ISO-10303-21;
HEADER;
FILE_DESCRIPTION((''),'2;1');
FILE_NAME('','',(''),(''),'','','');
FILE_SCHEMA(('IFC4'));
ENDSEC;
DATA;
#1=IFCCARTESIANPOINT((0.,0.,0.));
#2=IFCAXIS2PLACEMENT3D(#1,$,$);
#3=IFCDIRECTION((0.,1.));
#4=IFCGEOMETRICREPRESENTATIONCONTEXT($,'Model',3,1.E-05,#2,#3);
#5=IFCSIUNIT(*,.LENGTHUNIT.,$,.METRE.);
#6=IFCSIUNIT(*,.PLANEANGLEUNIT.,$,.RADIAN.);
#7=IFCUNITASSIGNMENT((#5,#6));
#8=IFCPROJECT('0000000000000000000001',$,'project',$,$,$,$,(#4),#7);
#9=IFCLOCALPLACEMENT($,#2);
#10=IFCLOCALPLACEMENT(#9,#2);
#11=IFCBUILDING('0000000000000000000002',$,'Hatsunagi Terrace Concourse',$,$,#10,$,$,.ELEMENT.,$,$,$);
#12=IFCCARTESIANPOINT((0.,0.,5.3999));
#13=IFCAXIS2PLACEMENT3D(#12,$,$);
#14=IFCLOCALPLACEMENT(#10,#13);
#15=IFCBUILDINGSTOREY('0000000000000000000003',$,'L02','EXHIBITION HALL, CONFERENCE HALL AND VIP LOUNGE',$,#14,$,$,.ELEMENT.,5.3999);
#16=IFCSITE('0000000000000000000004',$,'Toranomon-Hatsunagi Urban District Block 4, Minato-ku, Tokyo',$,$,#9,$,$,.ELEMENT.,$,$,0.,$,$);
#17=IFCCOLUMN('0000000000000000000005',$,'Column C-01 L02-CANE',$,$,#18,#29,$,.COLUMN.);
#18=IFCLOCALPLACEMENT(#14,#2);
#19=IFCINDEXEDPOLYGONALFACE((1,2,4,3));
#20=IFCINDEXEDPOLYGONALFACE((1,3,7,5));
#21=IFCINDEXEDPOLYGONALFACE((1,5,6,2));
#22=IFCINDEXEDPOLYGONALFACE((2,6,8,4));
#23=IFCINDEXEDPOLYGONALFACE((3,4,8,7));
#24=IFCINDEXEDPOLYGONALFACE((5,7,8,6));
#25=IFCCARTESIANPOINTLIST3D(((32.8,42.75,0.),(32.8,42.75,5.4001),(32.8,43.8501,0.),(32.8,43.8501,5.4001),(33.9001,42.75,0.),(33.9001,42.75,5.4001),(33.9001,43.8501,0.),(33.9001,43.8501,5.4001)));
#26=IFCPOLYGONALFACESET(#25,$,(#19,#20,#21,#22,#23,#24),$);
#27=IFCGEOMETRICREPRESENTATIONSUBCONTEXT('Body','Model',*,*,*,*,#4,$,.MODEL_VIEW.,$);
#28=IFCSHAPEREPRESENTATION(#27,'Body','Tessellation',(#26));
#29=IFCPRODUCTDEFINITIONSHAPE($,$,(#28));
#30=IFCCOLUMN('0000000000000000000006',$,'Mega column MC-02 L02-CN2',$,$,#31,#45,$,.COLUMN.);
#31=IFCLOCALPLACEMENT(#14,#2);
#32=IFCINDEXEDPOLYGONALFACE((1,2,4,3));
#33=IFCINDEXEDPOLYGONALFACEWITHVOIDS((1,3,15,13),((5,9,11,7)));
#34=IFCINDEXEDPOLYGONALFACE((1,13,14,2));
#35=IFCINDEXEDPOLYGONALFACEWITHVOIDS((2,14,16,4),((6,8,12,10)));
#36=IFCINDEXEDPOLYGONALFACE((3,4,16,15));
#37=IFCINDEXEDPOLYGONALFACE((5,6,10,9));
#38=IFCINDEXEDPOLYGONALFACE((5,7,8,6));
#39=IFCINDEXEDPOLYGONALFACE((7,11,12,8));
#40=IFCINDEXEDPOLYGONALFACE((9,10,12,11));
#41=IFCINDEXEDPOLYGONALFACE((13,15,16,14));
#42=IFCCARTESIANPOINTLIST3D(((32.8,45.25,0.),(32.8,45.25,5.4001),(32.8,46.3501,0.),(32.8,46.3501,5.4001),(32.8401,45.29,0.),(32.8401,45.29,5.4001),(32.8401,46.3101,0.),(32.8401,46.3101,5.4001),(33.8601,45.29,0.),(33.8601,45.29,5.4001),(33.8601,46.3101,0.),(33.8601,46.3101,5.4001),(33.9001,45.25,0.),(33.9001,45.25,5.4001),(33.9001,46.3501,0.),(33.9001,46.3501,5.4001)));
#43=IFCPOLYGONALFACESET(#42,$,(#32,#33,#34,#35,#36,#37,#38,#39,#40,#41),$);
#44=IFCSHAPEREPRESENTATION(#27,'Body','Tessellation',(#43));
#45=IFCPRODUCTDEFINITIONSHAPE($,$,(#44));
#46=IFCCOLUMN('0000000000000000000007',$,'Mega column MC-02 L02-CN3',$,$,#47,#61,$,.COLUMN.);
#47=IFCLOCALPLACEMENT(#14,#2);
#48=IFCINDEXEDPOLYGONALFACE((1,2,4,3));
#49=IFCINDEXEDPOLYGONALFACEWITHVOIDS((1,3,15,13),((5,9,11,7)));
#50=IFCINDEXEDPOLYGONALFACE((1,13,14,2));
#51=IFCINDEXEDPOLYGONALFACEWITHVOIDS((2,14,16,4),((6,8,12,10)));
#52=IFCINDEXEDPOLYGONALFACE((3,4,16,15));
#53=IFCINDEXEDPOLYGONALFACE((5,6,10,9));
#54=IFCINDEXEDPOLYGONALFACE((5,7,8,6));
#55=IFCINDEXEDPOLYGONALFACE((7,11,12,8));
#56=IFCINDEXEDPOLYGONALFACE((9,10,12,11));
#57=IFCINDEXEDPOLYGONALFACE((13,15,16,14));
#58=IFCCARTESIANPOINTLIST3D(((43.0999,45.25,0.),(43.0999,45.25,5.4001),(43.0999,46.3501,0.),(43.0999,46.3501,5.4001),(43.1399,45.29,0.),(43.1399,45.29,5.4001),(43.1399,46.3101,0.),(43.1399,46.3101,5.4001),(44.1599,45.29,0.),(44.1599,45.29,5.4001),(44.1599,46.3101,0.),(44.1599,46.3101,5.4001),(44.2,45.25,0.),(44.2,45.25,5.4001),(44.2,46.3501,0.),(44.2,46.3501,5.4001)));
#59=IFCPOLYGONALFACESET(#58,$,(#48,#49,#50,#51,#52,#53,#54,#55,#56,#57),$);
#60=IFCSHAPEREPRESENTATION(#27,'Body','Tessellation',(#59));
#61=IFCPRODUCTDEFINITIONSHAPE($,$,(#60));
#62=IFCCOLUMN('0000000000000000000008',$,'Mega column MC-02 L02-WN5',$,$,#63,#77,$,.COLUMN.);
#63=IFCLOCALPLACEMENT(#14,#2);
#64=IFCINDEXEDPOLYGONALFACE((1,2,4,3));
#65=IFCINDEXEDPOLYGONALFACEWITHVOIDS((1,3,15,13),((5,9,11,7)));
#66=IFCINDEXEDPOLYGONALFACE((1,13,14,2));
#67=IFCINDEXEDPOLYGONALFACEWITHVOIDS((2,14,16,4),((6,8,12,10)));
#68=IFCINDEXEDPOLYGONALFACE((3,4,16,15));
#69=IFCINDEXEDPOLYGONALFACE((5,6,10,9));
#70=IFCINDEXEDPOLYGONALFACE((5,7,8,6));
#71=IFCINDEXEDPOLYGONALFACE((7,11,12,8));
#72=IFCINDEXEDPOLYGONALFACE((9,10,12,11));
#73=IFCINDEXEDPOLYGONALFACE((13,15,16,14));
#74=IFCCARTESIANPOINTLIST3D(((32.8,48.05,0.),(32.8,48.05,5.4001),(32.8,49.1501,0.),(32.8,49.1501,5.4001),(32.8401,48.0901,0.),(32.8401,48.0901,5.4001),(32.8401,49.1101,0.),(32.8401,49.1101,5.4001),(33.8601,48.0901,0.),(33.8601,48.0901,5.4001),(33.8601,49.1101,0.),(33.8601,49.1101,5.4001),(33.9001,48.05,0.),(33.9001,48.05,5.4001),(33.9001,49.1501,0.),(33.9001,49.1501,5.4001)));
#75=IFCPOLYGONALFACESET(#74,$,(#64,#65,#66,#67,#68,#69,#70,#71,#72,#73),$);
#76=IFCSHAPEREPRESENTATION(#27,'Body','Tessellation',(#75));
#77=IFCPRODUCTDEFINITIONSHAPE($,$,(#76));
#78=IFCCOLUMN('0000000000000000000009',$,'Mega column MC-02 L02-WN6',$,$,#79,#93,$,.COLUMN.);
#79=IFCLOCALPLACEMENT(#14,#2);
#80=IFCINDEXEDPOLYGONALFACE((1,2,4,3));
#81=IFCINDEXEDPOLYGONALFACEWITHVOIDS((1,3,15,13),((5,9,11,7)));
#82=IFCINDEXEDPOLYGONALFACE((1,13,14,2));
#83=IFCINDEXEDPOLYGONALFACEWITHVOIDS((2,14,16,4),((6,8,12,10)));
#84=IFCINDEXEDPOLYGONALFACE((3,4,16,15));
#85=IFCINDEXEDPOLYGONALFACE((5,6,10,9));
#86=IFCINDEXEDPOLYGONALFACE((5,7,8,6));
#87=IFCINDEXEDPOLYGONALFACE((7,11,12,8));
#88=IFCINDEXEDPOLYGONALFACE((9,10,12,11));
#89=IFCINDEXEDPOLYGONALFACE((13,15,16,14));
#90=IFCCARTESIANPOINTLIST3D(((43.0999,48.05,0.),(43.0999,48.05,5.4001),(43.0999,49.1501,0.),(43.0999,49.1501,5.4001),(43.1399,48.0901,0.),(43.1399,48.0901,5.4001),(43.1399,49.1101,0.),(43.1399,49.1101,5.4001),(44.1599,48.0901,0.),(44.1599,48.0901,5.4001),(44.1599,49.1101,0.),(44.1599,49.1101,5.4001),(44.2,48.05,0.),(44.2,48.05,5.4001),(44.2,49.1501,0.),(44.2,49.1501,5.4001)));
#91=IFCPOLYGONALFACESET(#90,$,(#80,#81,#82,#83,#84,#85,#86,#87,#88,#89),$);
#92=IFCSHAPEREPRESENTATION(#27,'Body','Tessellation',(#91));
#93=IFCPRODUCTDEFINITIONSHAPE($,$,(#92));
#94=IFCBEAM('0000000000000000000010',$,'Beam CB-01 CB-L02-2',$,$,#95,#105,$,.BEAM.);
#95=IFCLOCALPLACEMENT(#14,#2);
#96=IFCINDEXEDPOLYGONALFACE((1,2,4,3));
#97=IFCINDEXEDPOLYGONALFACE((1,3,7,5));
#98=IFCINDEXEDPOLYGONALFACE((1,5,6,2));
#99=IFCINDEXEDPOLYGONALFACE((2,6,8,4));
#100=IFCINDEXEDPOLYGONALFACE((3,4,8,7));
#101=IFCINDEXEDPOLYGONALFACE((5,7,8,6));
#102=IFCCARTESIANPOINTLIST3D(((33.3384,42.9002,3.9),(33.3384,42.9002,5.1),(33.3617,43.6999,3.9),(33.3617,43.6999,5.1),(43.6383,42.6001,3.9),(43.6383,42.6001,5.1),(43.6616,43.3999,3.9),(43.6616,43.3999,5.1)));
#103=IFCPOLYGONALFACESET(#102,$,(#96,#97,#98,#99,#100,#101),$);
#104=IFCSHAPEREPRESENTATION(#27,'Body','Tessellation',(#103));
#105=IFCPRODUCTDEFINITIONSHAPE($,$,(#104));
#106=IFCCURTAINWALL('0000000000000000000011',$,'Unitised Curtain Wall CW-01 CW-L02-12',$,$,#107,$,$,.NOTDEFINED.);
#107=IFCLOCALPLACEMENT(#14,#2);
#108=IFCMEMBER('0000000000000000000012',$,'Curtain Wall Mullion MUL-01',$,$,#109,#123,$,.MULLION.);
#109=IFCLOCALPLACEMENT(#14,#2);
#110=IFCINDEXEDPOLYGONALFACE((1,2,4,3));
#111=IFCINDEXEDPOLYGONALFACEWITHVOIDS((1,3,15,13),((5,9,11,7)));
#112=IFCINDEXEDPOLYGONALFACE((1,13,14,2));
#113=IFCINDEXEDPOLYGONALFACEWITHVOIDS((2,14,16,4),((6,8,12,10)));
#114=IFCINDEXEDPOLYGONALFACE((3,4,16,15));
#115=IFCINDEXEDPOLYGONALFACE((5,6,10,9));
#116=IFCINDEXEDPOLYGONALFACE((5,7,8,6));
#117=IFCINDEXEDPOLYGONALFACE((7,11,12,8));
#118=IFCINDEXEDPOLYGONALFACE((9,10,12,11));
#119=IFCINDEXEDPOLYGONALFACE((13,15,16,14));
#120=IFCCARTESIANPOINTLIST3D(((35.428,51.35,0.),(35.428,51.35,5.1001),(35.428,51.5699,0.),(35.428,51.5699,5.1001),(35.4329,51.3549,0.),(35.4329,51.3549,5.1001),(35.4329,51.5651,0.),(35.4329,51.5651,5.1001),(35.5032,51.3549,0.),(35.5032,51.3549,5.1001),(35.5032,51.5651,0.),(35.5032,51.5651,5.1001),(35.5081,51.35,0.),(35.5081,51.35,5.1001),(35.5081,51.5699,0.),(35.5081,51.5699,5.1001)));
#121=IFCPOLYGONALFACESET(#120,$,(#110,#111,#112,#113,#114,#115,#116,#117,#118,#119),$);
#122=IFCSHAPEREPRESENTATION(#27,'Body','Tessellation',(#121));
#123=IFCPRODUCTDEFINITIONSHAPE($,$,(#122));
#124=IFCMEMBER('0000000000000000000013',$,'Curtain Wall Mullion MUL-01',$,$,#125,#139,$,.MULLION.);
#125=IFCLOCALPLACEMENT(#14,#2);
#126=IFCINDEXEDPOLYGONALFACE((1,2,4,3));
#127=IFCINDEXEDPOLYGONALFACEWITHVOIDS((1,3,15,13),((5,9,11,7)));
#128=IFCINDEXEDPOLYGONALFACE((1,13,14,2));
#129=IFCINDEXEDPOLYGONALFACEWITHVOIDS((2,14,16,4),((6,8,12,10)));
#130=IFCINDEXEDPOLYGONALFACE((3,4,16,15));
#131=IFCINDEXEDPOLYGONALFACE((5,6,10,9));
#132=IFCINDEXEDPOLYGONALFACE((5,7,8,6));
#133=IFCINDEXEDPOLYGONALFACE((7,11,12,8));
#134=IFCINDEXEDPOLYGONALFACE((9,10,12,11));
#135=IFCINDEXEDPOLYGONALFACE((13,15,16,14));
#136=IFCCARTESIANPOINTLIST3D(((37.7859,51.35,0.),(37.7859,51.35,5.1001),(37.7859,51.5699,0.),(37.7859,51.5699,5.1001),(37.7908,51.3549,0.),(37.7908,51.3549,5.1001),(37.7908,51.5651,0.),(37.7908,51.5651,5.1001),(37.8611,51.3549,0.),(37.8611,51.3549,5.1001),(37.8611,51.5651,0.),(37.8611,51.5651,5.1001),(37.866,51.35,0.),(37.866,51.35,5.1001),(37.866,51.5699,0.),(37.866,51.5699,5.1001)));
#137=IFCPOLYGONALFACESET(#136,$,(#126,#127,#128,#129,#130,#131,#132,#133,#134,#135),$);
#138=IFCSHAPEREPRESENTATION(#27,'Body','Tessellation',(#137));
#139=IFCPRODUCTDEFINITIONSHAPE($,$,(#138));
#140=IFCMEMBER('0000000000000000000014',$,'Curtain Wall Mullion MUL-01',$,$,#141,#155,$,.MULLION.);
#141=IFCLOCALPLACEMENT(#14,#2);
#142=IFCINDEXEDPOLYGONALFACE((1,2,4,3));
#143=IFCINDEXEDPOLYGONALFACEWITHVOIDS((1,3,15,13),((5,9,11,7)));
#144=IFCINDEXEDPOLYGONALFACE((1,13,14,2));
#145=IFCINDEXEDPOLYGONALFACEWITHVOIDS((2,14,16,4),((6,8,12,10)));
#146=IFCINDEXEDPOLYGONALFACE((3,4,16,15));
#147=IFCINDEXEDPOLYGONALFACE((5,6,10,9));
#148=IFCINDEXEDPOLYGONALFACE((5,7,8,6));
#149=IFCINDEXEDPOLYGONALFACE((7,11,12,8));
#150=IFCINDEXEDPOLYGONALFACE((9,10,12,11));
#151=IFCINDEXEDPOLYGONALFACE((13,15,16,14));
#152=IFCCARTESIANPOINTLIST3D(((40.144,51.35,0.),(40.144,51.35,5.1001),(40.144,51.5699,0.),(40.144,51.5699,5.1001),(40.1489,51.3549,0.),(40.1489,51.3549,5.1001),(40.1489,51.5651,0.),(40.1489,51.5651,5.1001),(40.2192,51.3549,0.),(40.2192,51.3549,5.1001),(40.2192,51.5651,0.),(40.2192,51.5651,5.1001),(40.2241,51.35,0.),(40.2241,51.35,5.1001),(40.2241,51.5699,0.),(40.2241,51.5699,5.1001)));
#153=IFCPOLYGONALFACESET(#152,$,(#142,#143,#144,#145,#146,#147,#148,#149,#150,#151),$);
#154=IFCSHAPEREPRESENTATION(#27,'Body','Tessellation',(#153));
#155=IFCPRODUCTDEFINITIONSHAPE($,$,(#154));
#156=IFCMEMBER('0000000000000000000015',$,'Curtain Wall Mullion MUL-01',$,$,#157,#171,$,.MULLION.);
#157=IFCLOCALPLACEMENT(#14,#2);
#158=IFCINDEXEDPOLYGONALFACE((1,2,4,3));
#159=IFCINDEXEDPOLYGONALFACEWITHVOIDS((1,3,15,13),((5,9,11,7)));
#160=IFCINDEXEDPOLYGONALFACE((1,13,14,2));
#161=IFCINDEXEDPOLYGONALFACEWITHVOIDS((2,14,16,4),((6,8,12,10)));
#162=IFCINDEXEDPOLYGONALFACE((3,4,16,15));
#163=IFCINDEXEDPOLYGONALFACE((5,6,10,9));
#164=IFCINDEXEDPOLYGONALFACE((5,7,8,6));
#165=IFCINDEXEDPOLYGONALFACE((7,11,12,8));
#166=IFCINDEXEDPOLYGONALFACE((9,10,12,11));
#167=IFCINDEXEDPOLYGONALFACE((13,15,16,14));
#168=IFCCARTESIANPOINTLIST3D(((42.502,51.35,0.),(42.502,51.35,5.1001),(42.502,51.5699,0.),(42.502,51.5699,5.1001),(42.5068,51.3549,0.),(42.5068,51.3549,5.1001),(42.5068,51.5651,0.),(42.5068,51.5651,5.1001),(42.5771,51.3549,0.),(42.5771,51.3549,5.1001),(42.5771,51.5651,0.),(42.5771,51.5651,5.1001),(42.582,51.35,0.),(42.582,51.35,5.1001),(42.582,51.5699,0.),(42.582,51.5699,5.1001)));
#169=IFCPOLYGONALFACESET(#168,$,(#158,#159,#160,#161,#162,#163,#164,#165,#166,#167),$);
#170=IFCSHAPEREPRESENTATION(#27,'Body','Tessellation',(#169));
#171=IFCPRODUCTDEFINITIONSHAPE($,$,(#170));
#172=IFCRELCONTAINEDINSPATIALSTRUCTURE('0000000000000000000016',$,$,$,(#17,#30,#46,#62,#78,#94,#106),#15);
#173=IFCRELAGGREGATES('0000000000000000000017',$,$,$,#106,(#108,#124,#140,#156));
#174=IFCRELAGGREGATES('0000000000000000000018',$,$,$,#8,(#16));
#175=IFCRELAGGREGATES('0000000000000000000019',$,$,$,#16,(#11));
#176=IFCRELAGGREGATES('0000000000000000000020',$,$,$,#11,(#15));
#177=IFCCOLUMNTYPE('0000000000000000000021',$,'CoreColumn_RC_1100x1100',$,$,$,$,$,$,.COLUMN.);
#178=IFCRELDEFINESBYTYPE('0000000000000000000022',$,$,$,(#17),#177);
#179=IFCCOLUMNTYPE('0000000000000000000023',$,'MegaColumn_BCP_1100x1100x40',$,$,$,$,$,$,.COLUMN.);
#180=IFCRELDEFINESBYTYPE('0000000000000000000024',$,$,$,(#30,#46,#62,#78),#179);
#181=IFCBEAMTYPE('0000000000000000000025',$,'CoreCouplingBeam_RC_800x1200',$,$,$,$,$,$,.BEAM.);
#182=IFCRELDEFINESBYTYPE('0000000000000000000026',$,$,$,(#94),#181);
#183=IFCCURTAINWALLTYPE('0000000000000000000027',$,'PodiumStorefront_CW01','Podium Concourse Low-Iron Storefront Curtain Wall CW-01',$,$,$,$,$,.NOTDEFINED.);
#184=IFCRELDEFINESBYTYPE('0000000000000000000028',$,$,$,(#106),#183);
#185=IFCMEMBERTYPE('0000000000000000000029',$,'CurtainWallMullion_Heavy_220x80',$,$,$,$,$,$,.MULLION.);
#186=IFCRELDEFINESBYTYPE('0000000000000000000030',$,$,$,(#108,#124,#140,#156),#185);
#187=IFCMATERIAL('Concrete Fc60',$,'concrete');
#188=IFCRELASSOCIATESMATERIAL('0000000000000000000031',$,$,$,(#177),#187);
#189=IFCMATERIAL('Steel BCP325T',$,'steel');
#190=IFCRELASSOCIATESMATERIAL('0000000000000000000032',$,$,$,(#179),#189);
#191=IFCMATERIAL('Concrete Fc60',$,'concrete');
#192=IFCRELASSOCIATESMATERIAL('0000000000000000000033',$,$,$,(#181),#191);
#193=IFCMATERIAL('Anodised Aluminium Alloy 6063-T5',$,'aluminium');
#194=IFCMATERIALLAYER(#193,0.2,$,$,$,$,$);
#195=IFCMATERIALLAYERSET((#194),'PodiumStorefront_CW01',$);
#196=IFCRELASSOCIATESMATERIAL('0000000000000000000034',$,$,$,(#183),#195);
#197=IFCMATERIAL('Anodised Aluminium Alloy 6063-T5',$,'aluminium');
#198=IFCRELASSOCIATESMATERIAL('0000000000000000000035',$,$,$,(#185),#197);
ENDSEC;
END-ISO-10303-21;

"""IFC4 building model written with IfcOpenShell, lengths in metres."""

from ifc_helpers import new_model, si_unit, direction, frame, origin, origin_2d, place, context, subcontext, project, spatial, rectangle, hollow_rectangle, extrude, material, layer, layer_set, material_profile, profile_set, type_object, element, aggregate, save


model = new_model("IFC4")

# Units and contexts
model_context = context("Model", 3, precision=1e-05, world=origin(), true_north=direction((0.0, 1.0)))
body_context = subcontext(model_context, "Body", "Model", "MODEL_VIEW")
ifc_project = project(units=[si_unit("LENGTHUNIT", "METRE"), si_unit("PLANEANGLEUNIT", "RADIAN")], contexts=[model_context])

# Site, building, storey
site_placement = place(None, origin())
site = spatial("IfcSite", under=ifc_project, at=site_placement, Name="Toranomon-Hatsunagi Urban District Block 4, Minato-ku, Tokyo", CompositionType="ELEMENT", RefElevation=0.0)
building_placement = place(site_placement, origin())
building = spatial("IfcBuilding", under=site, at=building_placement, Name="Hatsunagi Terrace Concourse", CompositionType="ELEMENT")
storey_placement = place(building_placement, frame((0.0, 0.0, 5.3999)))
storey = spatial("IfcBuildingStorey", under=building, at=storey_placement, Name="L02", Description="EXHIBITION HALL, CONFERENCE HALL AND VIP LOUNGE", CompositionType="ELEMENT", Elevation=5.3999)

# Columns
ifc_material_1 = material(Name="Concrete Fc60", Category="concrete")
ifc_material_profile_1 = material_profile(ifc_material_1, rectangle(XDim=1.1001, YDim=1.1001, at=origin_2d()), Name="RC-1100x1100")
ifc_profile_set_1 = profile_set([ifc_material_profile_1], Name="Concrete Fc60")
column_type_1 = type_object("IfcColumnType", Name="CoreColumn_RC_1100x1100", PredefinedType="COLUMN", material=ifc_profile_set_1)
column_placement = place(storey_placement, frame((33.3501, 43.3, 0.0), z_axis=(0.0, 0.0, 1.0), x_axis=(1.0, 0.0, 0.0)))
element("IfcColumn", 1, at=column_placement, inside=storey, type_object=column_type_1, Name="Column C-01 L02-CANE", PredefinedType="COLUMN", context=body_context, shape_type="SweptSolid", body=[
    extrude(rectangle(XDim=1.1001, YDim=1.1001, at=origin_2d()), origin(), (0.0, 0.0, 1.0), 5.4001),
])
ifc_material_2 = material(Name="Steel BCP325T", Category="steel")
ifc_material_profile_2 = material_profile(ifc_material_2, hollow_rectangle(XDim=1.1001, YDim=1.1001, WallThickness=0.04, at=origin_2d()), Name="BCP-1100x1100x40")
ifc_profile_set_2 = profile_set([ifc_material_profile_2], Name="Steel BCP325T")
column_type_2 = type_object("IfcColumnType", Name="MegaColumn_BCP_1100x1100x40", PredefinedType="COLUMN", material=ifc_profile_set_2)
for number, where, z_axis, x_axis, name in (
    (2, (33.3501, 45.8, 0.0), (0.0, 0.0, 1.0), (1.0, 0.0, 0.0), "Mega column MC-02 L02-CN2"),
    (3, (43.6499, 45.8, 0.0), (0.0, 0.0, 1.0), (1.0, 0.0, 0.0), "Mega column MC-02 L02-CN3"),
    (4, (33.3501, 48.6001, 0.0), (0.0, 0.0, 1.0), (1.0, 0.0, 0.0), "Mega column MC-02 L02-WN5"),
    (5, (43.6499, 48.6001, 0.0), (0.0, 0.0, 1.0), (1.0, 0.0, 0.0), "Mega column MC-02 L02-WN6"),
):
    element("IfcColumn", number, at=place(storey_placement, frame(where, z_axis=z_axis, x_axis=x_axis)), inside=storey, type_object=column_type_2, Name=name, PredefinedType="COLUMN", context=body_context, shape_type="SweptSolid", body=[
        extrude(hollow_rectangle(XDim=1.1001, YDim=1.1001, WallThickness=0.04, at=origin_2d()), origin(), (0.0, 0.0, 1.0), 5.4001),
    ])

# Beam
ifc_material_3 = material(Name="Concrete Fc60", Category="concrete")
ifc_material_profile_3 = material_profile(ifc_material_3, rectangle(XDim=0.8, YDim=1.2, at=origin_2d()), Name="RC-800x1200")
ifc_profile_set_3 = profile_set([ifc_material_profile_3], Name="Concrete Fc60")
beam_type_1 = type_object("IfcBeamType", Name="CoreCouplingBeam_RC_800x1200", PredefinedType="BEAM", material=ifc_profile_set_3)
beam_1_placement = place(storey_placement, frame((33.3501, 43.3, 4.5), z_axis=(0.999576, -0.029119, 0.0), x_axis=(0.029119, 0.999576, 0.0)))
element("IfcBeam", 6, at=beam_1_placement, inside=storey, type_object=beam_type_1, Name="Beam CB-01 CB-L02-2", PredefinedType="BEAM", context=body_context, shape_type="SweptSolid", body=[
    extrude(rectangle(XDim=0.8, YDim=1.2, at=origin_2d()), origin(), (0.0, 0.0, 1.0), 10.3042),
])

# Curtain wall, members
ifc_material_4 = material(Name="Anodised Aluminium Alloy 6063-T5", Category="aluminium")
ifc_layer_1 = layer(ifc_material_4, 0.2)
ifc_layer_set_1 = layer_set([ifc_layer_1], Name="PodiumStorefront_CW01")
curtain_wall_type = type_object("IfcCurtainWallType", Name="PodiumStorefront_CW01", Description="Podium Concourse Low-Iron Storefront Curtain Wall CW-01", PredefinedType="NOTDEFINED", material=ifc_layer_set_1)
curtain_wall_placement = place(storey_placement, origin())
curtain_wall = element("IfcCurtainWall", 7, at=curtain_wall_placement, inside=storey, type_object=curtain_wall_type, Name="Unitised Curtain Wall CW-01 CW-L02-12", PredefinedType="NOTDEFINED")
ifc_material_5 = material(Name="Anodised Aluminium Alloy 6063-T5", Category="aluminium")
ifc_material_profile_4 = material_profile(ifc_material_5, hollow_rectangle(XDim=0.0801, YDim=0.22, WallThickness=0.0049, at=origin_2d()), Name="ALU-MUL-220x80x5")
ifc_profile_set_4 = profile_set([ifc_material_profile_4], Name="Anodised Aluminium Alloy 6063-T5")
member_type = type_object("IfcMemberType", Name="CurtainWallMullion_Heavy_220x80", PredefinedType="MULLION", material=ifc_profile_set_4)
member_1_placement = place(storey_placement, frame((35.468, 51.46, 0.0), z_axis=(0.0, 0.0, 1.0), x_axis=(1.0, 0.0, 0.0)))
member_1 = element("IfcMember", 8, at=member_1_placement, type_object=member_type, Name="Curtain Wall Mullion MUL-01", PredefinedType="MULLION", context=body_context, shape_type="SweptSolid", body=[
    extrude(hollow_rectangle(XDim=0.0801, YDim=0.22, WallThickness=0.0049, at=origin_2d()), origin(), (0.0, 0.0, 1.0), 5.1001),
])
member_2_placement = place(storey_placement, frame((37.8259, 51.46, 0.0), z_axis=(0.0, 0.0, 1.0), x_axis=(1.0, 0.0, 0.0)))
member_2 = element("IfcMember", 9, at=member_2_placement, type_object=member_type, Name="Curtain Wall Mullion MUL-01", PredefinedType="MULLION", context=body_context, shape_type="SweptSolid", body=[
    extrude(hollow_rectangle(XDim=0.0801, YDim=0.22, WallThickness=0.0049, at=origin_2d()), origin(), (0.0, 0.0, 1.0), 5.1001),
])
member_3_placement = place(storey_placement, frame((40.1841, 51.46, 0.0), z_axis=(0.0, 0.0, 1.0), x_axis=(1.0, 0.0, 0.0)))
member_3 = element("IfcMember", 10, at=member_3_placement, type_object=member_type, Name="Curtain Wall Mullion MUL-01", PredefinedType="MULLION", context=body_context, shape_type="SweptSolid", body=[
    extrude(hollow_rectangle(XDim=0.0801, YDim=0.22, WallThickness=0.0049, at=origin_2d()), origin(), (0.0, 0.0, 1.0), 5.1001),
])
member_4_placement = place(storey_placement, frame((42.542, 51.46, 0.0), z_axis=(0.0, 0.0, 1.0), x_axis=(1.0, 0.0, 0.0)))
member_4 = element("IfcMember", 11, at=member_4_placement, type_object=member_type, Name="Curtain Wall Mullion MUL-01", PredefinedType="MULLION", context=body_context, shape_type="SweptSolid", body=[
    extrude(hollow_rectangle(XDim=0.0801, YDim=0.22, WallThickness=0.0049, at=origin_2d()), origin(), (0.0, 0.0, 1.0), 5.1001),
])

aggregate(curtain_wall, [member_1, member_2, member_3, member_4])

save(model, "model.ifc")
